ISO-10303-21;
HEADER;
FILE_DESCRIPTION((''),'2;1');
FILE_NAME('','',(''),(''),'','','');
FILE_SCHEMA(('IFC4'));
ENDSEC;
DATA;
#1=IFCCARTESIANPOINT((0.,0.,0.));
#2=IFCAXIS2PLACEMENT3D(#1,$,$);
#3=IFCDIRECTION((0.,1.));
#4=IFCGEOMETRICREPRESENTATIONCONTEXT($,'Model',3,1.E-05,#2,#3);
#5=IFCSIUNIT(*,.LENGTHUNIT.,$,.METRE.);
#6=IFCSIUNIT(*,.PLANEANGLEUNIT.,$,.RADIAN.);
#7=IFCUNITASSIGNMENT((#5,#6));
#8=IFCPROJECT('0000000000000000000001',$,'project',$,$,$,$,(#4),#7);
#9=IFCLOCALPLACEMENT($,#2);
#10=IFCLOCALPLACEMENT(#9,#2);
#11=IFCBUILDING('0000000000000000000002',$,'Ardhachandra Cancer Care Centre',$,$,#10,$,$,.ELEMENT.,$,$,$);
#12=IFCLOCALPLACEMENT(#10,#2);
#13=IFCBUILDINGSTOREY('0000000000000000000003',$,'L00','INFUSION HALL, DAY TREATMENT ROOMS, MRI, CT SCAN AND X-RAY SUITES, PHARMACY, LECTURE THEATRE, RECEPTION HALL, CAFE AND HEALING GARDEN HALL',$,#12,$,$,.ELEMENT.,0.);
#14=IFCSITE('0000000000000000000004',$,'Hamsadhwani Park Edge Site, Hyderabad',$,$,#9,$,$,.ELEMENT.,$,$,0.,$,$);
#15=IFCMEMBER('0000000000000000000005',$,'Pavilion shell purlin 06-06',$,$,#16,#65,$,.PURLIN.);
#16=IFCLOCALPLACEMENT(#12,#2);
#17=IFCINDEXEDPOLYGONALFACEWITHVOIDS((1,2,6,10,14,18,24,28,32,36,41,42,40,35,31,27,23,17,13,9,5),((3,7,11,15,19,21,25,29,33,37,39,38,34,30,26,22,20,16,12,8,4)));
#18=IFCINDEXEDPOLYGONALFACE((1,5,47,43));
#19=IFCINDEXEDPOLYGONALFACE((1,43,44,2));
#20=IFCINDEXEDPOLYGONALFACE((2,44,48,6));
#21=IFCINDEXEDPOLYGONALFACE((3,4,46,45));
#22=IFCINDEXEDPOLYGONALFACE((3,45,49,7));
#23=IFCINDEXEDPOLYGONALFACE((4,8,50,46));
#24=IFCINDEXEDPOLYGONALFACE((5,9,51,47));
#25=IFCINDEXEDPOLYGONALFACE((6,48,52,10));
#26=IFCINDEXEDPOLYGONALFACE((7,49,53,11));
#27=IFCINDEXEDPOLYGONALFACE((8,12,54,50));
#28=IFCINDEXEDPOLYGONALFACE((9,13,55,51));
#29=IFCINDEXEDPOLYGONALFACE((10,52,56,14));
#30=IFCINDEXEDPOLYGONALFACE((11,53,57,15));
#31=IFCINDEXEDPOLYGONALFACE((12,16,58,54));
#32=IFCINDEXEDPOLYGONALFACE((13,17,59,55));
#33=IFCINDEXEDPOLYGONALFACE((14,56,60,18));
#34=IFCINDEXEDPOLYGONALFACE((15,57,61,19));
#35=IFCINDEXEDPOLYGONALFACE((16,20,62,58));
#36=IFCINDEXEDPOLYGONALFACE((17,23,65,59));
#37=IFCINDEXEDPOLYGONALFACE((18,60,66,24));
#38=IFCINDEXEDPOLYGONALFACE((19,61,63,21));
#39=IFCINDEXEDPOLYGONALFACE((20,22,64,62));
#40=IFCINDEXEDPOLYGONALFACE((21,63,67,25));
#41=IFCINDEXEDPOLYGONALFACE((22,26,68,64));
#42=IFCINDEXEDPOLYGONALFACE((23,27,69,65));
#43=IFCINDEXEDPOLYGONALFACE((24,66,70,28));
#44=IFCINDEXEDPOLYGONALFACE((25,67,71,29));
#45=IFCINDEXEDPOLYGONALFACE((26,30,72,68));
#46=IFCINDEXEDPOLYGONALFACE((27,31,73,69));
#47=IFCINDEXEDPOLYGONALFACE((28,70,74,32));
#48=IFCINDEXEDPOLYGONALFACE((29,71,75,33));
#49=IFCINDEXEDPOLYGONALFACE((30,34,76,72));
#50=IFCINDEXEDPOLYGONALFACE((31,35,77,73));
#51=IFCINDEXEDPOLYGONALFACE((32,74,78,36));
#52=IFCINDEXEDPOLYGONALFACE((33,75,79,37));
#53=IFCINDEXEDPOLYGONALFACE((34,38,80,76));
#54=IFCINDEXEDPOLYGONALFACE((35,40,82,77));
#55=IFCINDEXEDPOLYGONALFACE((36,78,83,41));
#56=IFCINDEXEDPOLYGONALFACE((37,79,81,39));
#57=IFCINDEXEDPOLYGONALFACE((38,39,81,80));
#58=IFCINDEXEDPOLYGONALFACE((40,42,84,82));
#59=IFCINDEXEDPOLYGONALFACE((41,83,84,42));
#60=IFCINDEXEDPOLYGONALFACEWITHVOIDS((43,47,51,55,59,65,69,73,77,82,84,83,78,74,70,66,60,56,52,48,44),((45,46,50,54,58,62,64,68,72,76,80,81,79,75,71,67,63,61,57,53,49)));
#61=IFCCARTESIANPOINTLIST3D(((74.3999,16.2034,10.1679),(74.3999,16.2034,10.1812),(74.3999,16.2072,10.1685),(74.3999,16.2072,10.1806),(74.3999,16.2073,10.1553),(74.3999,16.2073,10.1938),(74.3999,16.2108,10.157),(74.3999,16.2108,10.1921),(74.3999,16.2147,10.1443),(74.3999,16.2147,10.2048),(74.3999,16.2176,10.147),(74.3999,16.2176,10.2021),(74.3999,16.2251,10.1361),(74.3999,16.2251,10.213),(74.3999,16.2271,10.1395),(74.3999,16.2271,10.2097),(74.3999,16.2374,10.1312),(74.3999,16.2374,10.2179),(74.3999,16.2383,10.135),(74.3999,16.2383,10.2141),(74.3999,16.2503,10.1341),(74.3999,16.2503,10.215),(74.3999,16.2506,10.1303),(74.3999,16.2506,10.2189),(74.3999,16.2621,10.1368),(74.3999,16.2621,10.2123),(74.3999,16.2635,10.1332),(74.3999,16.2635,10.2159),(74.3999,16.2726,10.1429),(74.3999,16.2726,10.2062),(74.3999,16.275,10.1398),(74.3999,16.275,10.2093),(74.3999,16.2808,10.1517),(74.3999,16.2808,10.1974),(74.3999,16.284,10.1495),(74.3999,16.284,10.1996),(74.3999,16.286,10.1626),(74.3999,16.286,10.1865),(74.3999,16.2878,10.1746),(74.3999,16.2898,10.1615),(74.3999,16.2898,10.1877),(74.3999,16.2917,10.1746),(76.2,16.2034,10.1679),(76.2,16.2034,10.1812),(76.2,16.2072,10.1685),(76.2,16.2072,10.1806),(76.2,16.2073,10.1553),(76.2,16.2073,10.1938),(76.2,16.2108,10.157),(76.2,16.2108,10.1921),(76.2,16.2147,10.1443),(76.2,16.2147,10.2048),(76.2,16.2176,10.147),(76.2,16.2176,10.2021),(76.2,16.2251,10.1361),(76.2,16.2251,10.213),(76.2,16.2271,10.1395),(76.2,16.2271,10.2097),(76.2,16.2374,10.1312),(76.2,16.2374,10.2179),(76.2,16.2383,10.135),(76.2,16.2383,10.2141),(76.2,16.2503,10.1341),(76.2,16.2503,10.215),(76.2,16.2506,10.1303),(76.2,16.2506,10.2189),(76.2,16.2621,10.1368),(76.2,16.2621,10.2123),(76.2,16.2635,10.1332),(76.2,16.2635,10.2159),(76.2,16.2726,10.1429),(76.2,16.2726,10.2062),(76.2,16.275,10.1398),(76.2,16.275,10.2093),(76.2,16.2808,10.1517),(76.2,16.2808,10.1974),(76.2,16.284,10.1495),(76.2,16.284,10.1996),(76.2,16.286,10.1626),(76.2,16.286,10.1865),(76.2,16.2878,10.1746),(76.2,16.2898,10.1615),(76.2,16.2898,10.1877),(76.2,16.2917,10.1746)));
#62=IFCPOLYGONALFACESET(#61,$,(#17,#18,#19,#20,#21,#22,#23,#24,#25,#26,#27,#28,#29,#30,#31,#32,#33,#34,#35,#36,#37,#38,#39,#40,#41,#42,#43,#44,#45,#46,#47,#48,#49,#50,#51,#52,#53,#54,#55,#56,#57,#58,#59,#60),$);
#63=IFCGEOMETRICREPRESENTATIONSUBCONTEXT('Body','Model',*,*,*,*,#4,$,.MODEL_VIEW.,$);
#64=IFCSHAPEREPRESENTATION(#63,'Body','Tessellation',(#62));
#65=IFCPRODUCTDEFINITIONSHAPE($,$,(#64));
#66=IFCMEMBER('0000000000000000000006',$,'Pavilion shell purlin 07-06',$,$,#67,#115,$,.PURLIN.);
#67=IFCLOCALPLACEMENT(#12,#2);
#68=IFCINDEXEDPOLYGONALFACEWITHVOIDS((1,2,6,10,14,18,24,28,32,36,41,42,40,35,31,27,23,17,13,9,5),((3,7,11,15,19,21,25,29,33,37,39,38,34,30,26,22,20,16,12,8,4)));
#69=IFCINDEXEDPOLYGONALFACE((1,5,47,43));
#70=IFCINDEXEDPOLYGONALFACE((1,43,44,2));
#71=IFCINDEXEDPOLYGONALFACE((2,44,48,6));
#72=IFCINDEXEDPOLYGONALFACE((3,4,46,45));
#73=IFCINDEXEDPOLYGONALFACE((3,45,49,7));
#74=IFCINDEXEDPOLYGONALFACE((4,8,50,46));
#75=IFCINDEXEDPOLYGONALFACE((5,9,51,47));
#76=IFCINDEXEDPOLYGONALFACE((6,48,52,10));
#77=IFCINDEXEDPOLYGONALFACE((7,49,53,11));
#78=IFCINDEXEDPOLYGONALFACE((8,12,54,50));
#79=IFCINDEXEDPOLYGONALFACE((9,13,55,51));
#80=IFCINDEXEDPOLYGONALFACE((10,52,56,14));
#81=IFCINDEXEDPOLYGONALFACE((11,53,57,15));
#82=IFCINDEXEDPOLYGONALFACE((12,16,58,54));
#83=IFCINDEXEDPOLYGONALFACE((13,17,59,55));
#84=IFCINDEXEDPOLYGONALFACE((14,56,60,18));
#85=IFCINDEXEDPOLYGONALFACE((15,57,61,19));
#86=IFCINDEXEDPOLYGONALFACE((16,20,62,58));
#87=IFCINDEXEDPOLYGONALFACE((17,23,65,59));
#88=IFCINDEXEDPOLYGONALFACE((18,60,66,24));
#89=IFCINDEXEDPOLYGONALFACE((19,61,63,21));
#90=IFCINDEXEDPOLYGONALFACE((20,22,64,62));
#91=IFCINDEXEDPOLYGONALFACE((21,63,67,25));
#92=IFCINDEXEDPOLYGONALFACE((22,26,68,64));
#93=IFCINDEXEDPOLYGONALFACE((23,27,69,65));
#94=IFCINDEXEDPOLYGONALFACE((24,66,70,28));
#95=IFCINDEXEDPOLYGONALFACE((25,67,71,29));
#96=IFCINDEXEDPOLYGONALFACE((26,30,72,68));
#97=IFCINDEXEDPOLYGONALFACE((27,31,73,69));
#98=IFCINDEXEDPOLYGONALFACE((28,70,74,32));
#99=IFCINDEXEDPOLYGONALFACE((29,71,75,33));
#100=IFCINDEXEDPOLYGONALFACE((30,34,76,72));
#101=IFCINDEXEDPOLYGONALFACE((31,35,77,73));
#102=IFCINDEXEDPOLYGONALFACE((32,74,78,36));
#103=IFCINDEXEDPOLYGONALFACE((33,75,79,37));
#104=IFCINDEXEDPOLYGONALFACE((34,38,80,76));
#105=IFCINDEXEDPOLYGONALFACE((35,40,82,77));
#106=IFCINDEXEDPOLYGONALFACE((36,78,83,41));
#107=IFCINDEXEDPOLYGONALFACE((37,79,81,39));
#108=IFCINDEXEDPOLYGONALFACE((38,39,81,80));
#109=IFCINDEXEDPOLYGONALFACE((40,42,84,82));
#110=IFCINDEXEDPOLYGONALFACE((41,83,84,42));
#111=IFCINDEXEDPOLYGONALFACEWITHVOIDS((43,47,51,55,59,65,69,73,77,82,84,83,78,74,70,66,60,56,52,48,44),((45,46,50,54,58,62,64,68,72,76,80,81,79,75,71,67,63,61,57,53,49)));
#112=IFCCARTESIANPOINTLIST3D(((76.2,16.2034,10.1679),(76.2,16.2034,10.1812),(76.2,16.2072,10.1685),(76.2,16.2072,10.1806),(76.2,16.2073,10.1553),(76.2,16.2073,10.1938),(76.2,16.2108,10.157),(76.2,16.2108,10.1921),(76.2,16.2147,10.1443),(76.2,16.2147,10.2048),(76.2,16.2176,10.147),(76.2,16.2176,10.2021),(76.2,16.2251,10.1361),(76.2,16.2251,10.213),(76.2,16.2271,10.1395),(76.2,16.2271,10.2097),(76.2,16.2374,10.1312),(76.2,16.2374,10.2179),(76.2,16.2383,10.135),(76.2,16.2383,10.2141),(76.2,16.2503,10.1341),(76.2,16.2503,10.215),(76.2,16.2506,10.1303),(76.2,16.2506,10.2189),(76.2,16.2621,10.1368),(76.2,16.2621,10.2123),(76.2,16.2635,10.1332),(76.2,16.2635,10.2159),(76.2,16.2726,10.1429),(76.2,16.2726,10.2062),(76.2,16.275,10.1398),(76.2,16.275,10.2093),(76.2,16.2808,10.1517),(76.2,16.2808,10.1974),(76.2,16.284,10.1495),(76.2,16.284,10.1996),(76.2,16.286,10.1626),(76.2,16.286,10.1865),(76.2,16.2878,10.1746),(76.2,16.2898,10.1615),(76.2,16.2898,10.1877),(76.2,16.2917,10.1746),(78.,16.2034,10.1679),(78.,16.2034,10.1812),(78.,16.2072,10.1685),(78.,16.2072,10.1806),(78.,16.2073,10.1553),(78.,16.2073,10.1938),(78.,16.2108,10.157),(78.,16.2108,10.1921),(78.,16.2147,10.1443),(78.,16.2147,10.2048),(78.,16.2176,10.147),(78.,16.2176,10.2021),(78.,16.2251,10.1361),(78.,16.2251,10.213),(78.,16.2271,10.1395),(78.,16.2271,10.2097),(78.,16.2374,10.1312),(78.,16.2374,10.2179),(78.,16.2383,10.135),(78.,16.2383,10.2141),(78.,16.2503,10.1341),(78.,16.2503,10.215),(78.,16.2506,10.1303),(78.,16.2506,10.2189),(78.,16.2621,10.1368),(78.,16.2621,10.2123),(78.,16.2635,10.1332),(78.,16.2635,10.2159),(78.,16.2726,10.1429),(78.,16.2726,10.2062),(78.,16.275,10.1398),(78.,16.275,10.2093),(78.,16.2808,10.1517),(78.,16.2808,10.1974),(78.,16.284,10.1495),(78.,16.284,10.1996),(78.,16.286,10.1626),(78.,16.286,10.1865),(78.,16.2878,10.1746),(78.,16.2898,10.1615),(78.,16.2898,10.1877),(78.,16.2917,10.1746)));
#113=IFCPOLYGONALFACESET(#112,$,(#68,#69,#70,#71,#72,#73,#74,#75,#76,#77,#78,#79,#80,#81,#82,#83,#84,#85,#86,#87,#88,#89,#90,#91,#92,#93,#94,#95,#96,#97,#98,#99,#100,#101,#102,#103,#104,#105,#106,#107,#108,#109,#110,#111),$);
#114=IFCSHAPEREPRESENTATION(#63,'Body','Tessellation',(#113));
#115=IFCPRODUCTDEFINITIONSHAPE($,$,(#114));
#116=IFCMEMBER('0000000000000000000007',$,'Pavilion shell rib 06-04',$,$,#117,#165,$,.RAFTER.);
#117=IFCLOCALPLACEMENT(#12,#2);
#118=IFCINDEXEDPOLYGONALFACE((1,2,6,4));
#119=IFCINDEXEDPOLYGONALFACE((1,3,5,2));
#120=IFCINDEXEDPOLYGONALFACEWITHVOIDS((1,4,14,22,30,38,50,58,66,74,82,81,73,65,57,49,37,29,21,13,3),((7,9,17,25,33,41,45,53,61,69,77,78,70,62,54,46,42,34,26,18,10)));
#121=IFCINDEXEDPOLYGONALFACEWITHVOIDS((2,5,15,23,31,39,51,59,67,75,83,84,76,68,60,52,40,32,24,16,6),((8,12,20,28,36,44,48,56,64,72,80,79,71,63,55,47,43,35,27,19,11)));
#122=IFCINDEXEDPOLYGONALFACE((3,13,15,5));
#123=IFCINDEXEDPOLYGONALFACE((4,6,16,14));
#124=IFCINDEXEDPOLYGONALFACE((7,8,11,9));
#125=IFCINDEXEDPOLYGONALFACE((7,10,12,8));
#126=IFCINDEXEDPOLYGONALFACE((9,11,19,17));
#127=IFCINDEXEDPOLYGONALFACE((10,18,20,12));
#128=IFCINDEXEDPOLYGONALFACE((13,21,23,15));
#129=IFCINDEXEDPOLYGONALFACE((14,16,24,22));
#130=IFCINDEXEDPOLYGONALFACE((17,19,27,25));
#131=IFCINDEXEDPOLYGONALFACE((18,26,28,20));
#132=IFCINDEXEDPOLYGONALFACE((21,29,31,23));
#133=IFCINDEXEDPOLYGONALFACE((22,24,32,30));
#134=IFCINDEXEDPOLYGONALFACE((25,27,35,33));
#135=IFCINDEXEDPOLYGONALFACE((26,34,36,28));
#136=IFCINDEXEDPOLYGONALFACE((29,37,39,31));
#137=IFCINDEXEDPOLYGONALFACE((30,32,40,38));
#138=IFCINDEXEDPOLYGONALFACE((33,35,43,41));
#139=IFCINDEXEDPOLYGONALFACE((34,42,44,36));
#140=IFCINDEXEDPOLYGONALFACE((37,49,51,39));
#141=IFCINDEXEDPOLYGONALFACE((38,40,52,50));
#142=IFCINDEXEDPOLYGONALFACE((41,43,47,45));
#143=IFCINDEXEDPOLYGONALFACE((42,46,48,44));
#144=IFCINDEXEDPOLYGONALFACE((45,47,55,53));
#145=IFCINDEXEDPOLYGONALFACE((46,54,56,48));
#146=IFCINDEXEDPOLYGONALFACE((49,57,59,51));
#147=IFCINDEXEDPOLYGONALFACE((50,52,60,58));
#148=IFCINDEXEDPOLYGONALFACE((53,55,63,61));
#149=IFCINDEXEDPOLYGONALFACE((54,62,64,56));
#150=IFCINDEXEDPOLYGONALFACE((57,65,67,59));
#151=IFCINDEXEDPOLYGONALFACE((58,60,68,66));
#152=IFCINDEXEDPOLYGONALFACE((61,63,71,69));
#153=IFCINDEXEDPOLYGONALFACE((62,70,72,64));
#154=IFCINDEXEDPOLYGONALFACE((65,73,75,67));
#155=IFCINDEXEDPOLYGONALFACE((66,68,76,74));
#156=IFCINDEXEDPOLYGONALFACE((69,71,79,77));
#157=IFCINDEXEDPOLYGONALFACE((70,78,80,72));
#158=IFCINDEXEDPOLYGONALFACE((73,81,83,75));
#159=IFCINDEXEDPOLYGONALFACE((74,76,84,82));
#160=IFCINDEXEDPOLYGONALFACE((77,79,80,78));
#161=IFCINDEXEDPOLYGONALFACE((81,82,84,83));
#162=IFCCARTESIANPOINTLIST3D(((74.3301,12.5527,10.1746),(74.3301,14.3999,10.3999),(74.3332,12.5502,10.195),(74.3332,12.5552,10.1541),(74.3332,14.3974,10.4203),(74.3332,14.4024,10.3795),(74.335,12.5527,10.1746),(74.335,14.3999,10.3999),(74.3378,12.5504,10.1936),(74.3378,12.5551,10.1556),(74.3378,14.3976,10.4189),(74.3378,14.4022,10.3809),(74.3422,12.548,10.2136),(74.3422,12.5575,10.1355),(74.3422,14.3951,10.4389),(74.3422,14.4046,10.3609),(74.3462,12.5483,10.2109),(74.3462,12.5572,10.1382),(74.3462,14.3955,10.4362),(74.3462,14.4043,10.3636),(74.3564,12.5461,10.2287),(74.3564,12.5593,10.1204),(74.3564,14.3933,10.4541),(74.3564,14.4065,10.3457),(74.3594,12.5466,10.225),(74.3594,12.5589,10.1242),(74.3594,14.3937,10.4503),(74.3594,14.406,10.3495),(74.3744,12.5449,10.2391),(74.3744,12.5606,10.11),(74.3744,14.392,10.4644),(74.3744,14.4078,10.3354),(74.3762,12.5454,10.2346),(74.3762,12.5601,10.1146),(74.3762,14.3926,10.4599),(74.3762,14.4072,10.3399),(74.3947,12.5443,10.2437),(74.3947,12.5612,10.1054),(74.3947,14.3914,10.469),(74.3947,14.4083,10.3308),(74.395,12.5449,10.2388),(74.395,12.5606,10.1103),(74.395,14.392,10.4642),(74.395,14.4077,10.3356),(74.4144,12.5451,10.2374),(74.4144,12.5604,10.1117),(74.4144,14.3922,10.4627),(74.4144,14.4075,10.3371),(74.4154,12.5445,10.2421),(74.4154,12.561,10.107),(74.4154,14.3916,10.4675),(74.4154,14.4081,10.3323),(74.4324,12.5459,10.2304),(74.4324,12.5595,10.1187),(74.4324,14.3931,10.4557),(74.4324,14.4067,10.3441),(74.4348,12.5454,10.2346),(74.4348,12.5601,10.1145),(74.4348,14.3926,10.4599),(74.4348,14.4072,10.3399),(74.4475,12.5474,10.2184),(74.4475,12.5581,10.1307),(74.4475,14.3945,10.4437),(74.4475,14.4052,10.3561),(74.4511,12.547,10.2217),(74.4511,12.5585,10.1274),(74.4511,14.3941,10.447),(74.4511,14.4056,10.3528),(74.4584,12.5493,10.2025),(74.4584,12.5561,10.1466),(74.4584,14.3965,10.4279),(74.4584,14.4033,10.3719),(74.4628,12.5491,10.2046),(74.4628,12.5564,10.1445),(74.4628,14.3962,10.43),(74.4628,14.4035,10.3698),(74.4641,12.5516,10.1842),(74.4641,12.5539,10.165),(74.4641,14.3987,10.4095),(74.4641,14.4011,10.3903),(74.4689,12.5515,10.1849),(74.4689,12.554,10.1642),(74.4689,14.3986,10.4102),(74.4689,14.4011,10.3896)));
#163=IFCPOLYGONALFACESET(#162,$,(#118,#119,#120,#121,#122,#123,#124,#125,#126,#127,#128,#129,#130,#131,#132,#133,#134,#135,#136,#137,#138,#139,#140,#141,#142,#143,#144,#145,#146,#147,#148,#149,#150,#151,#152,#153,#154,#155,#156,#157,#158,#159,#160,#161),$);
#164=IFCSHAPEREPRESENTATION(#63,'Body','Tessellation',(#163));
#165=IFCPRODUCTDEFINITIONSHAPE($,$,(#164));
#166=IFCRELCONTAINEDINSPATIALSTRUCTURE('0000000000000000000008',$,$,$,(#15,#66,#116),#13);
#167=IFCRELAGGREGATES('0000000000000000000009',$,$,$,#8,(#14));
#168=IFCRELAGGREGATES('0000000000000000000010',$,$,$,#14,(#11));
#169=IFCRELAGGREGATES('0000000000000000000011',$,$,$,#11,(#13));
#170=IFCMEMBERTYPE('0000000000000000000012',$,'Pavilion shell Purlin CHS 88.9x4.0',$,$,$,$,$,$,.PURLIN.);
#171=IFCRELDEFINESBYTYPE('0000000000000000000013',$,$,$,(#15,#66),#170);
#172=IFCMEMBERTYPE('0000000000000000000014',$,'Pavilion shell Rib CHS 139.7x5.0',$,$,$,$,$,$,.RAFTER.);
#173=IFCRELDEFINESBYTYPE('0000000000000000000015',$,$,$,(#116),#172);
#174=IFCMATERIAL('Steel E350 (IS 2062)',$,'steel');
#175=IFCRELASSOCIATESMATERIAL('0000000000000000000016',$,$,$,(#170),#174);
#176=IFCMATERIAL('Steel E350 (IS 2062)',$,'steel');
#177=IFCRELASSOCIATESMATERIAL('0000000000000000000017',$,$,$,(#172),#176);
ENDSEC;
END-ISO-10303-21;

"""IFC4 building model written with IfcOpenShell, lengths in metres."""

from ifc_helpers import new_model, si_unit, direction, frame, origin, origin_2d, place, context, subcontext, project, spatial, hollow_circle, extrude, material, material_profile, profile_set, type_object, element, save


model = new_model("IFC4")

# Units and contexts
model_context = context("Model", 3, precision=1e-05, world=origin(), true_north=direction((0.0, 1.0)))
body_context = subcontext(model_context, "Body", "Model", "MODEL_VIEW")
ifc_project = project(units=[si_unit("LENGTHUNIT", "METRE"), si_unit("PLANEANGLEUNIT", "RADIAN")], contexts=[model_context])

# Site, building, storey
site_placement = place(None, origin())
site = spatial("IfcSite", under=ifc_project, at=site_placement, Name="Hamsadhwani Park Edge Site, Hyderabad", CompositionType="ELEMENT", RefElevation=0.0)
building_placement = place(site_placement, origin())
building = spatial("IfcBuilding", under=site, at=building_placement, Name="Ardhachandra Cancer Care Centre", CompositionType="ELEMENT")
storey_placement = place(building_placement, origin())
storey = spatial("IfcBuildingStorey", under=building, at=storey_placement, Name="L00", Description="INFUSION HALL, DAY TREATMENT ROOMS, MRI, CT SCAN AND X-RAY SUITES, PHARMACY, LECTURE THEATRE, RECEPTION HALL, CAFE AND HEALING GARDEN HALL", CompositionType="ELEMENT", Elevation=0.0)

# Members
ifc_material_1 = material(Name="Steel E350 (IS 2062)", Category="steel")
ifc_material_profile_1 = material_profile(ifc_material_1, hollow_circle(Radius=0.0444, WallThickness=0.0039, at=origin_2d()), Name="CHS 88.9x4.0")
ifc_profile_set_1 = profile_set([ifc_material_profile_1], Name="Steel E350 (IS 2062)")
member_type_1 = type_object("IfcMemberType", Name="Pavilion shell Purlin CHS 88.9x4.0", PredefinedType="PURLIN", material=ifc_profile_set_1)
for number, where, z_axis, x_axis, name in (
    (1, (74.3999, 16.2473, 10.1746), (1.0, 0.0, 0.0), (0.0, 1.0, 0.0), "Pavilion shell purlin 06-06"),
    (2, (76.2, 16.2473, 10.1746), (1.0, 0.0, 0.0), (0.0, 1.0, 0.0), "Pavilion shell purlin 07-06"),
):
    element("IfcMember", number, at=place(storey_placement, frame(where, z_axis=z_axis, x_axis=x_axis)), inside=storey, type_object=member_type_1, Name=name, PredefinedType="PURLIN", context=body_context, shape_type="SweptSolid", body=[
        extrude(hollow_circle(Radius=0.0444, WallThickness=0.0039, at=origin_2d()), origin(), (0.0, 0.0, 1.0), 1.8),
    ])
ifc_material_2 = material(Name="Steel E350 (IS 2062)", Category="steel")
ifc_material_profile_2 = material_profile(ifc_material_2, hollow_circle(Radius=0.0698, WallThickness=0.0049, at=origin_2d()), Name="CHS 139.7x5.0")
ifc_profile_set_2 = profile_set([ifc_material_profile_2], Name="Steel E350 (IS 2062)")
member_type_2 = type_object("IfcMemberType", Name="Pavilion shell Rib CHS 139.7x5.0", PredefinedType="RAFTER", material=ifc_profile_set_2)
member_1_placement = place(storey_placement, frame((74.3999, 12.5527, 10.1746), z_axis=(0.0, 0.992641, 0.121095), x_axis=(-1.0, 0.0, 0.0)))
element("IfcMember", 3, at=member_1_placement, inside=storey, type_object=member_type_2, Name="Pavilion shell rib 06-04", PredefinedType="RAFTER", context=body_context, shape_type="SweptSolid", body=[
    extrude(hollow_circle(Radius=0.0698, WallThickness=0.0049, at=origin_2d()), origin(), (0.0, 0.0, 1.0), 1.8608),
])

save(model, "model.ifc")
